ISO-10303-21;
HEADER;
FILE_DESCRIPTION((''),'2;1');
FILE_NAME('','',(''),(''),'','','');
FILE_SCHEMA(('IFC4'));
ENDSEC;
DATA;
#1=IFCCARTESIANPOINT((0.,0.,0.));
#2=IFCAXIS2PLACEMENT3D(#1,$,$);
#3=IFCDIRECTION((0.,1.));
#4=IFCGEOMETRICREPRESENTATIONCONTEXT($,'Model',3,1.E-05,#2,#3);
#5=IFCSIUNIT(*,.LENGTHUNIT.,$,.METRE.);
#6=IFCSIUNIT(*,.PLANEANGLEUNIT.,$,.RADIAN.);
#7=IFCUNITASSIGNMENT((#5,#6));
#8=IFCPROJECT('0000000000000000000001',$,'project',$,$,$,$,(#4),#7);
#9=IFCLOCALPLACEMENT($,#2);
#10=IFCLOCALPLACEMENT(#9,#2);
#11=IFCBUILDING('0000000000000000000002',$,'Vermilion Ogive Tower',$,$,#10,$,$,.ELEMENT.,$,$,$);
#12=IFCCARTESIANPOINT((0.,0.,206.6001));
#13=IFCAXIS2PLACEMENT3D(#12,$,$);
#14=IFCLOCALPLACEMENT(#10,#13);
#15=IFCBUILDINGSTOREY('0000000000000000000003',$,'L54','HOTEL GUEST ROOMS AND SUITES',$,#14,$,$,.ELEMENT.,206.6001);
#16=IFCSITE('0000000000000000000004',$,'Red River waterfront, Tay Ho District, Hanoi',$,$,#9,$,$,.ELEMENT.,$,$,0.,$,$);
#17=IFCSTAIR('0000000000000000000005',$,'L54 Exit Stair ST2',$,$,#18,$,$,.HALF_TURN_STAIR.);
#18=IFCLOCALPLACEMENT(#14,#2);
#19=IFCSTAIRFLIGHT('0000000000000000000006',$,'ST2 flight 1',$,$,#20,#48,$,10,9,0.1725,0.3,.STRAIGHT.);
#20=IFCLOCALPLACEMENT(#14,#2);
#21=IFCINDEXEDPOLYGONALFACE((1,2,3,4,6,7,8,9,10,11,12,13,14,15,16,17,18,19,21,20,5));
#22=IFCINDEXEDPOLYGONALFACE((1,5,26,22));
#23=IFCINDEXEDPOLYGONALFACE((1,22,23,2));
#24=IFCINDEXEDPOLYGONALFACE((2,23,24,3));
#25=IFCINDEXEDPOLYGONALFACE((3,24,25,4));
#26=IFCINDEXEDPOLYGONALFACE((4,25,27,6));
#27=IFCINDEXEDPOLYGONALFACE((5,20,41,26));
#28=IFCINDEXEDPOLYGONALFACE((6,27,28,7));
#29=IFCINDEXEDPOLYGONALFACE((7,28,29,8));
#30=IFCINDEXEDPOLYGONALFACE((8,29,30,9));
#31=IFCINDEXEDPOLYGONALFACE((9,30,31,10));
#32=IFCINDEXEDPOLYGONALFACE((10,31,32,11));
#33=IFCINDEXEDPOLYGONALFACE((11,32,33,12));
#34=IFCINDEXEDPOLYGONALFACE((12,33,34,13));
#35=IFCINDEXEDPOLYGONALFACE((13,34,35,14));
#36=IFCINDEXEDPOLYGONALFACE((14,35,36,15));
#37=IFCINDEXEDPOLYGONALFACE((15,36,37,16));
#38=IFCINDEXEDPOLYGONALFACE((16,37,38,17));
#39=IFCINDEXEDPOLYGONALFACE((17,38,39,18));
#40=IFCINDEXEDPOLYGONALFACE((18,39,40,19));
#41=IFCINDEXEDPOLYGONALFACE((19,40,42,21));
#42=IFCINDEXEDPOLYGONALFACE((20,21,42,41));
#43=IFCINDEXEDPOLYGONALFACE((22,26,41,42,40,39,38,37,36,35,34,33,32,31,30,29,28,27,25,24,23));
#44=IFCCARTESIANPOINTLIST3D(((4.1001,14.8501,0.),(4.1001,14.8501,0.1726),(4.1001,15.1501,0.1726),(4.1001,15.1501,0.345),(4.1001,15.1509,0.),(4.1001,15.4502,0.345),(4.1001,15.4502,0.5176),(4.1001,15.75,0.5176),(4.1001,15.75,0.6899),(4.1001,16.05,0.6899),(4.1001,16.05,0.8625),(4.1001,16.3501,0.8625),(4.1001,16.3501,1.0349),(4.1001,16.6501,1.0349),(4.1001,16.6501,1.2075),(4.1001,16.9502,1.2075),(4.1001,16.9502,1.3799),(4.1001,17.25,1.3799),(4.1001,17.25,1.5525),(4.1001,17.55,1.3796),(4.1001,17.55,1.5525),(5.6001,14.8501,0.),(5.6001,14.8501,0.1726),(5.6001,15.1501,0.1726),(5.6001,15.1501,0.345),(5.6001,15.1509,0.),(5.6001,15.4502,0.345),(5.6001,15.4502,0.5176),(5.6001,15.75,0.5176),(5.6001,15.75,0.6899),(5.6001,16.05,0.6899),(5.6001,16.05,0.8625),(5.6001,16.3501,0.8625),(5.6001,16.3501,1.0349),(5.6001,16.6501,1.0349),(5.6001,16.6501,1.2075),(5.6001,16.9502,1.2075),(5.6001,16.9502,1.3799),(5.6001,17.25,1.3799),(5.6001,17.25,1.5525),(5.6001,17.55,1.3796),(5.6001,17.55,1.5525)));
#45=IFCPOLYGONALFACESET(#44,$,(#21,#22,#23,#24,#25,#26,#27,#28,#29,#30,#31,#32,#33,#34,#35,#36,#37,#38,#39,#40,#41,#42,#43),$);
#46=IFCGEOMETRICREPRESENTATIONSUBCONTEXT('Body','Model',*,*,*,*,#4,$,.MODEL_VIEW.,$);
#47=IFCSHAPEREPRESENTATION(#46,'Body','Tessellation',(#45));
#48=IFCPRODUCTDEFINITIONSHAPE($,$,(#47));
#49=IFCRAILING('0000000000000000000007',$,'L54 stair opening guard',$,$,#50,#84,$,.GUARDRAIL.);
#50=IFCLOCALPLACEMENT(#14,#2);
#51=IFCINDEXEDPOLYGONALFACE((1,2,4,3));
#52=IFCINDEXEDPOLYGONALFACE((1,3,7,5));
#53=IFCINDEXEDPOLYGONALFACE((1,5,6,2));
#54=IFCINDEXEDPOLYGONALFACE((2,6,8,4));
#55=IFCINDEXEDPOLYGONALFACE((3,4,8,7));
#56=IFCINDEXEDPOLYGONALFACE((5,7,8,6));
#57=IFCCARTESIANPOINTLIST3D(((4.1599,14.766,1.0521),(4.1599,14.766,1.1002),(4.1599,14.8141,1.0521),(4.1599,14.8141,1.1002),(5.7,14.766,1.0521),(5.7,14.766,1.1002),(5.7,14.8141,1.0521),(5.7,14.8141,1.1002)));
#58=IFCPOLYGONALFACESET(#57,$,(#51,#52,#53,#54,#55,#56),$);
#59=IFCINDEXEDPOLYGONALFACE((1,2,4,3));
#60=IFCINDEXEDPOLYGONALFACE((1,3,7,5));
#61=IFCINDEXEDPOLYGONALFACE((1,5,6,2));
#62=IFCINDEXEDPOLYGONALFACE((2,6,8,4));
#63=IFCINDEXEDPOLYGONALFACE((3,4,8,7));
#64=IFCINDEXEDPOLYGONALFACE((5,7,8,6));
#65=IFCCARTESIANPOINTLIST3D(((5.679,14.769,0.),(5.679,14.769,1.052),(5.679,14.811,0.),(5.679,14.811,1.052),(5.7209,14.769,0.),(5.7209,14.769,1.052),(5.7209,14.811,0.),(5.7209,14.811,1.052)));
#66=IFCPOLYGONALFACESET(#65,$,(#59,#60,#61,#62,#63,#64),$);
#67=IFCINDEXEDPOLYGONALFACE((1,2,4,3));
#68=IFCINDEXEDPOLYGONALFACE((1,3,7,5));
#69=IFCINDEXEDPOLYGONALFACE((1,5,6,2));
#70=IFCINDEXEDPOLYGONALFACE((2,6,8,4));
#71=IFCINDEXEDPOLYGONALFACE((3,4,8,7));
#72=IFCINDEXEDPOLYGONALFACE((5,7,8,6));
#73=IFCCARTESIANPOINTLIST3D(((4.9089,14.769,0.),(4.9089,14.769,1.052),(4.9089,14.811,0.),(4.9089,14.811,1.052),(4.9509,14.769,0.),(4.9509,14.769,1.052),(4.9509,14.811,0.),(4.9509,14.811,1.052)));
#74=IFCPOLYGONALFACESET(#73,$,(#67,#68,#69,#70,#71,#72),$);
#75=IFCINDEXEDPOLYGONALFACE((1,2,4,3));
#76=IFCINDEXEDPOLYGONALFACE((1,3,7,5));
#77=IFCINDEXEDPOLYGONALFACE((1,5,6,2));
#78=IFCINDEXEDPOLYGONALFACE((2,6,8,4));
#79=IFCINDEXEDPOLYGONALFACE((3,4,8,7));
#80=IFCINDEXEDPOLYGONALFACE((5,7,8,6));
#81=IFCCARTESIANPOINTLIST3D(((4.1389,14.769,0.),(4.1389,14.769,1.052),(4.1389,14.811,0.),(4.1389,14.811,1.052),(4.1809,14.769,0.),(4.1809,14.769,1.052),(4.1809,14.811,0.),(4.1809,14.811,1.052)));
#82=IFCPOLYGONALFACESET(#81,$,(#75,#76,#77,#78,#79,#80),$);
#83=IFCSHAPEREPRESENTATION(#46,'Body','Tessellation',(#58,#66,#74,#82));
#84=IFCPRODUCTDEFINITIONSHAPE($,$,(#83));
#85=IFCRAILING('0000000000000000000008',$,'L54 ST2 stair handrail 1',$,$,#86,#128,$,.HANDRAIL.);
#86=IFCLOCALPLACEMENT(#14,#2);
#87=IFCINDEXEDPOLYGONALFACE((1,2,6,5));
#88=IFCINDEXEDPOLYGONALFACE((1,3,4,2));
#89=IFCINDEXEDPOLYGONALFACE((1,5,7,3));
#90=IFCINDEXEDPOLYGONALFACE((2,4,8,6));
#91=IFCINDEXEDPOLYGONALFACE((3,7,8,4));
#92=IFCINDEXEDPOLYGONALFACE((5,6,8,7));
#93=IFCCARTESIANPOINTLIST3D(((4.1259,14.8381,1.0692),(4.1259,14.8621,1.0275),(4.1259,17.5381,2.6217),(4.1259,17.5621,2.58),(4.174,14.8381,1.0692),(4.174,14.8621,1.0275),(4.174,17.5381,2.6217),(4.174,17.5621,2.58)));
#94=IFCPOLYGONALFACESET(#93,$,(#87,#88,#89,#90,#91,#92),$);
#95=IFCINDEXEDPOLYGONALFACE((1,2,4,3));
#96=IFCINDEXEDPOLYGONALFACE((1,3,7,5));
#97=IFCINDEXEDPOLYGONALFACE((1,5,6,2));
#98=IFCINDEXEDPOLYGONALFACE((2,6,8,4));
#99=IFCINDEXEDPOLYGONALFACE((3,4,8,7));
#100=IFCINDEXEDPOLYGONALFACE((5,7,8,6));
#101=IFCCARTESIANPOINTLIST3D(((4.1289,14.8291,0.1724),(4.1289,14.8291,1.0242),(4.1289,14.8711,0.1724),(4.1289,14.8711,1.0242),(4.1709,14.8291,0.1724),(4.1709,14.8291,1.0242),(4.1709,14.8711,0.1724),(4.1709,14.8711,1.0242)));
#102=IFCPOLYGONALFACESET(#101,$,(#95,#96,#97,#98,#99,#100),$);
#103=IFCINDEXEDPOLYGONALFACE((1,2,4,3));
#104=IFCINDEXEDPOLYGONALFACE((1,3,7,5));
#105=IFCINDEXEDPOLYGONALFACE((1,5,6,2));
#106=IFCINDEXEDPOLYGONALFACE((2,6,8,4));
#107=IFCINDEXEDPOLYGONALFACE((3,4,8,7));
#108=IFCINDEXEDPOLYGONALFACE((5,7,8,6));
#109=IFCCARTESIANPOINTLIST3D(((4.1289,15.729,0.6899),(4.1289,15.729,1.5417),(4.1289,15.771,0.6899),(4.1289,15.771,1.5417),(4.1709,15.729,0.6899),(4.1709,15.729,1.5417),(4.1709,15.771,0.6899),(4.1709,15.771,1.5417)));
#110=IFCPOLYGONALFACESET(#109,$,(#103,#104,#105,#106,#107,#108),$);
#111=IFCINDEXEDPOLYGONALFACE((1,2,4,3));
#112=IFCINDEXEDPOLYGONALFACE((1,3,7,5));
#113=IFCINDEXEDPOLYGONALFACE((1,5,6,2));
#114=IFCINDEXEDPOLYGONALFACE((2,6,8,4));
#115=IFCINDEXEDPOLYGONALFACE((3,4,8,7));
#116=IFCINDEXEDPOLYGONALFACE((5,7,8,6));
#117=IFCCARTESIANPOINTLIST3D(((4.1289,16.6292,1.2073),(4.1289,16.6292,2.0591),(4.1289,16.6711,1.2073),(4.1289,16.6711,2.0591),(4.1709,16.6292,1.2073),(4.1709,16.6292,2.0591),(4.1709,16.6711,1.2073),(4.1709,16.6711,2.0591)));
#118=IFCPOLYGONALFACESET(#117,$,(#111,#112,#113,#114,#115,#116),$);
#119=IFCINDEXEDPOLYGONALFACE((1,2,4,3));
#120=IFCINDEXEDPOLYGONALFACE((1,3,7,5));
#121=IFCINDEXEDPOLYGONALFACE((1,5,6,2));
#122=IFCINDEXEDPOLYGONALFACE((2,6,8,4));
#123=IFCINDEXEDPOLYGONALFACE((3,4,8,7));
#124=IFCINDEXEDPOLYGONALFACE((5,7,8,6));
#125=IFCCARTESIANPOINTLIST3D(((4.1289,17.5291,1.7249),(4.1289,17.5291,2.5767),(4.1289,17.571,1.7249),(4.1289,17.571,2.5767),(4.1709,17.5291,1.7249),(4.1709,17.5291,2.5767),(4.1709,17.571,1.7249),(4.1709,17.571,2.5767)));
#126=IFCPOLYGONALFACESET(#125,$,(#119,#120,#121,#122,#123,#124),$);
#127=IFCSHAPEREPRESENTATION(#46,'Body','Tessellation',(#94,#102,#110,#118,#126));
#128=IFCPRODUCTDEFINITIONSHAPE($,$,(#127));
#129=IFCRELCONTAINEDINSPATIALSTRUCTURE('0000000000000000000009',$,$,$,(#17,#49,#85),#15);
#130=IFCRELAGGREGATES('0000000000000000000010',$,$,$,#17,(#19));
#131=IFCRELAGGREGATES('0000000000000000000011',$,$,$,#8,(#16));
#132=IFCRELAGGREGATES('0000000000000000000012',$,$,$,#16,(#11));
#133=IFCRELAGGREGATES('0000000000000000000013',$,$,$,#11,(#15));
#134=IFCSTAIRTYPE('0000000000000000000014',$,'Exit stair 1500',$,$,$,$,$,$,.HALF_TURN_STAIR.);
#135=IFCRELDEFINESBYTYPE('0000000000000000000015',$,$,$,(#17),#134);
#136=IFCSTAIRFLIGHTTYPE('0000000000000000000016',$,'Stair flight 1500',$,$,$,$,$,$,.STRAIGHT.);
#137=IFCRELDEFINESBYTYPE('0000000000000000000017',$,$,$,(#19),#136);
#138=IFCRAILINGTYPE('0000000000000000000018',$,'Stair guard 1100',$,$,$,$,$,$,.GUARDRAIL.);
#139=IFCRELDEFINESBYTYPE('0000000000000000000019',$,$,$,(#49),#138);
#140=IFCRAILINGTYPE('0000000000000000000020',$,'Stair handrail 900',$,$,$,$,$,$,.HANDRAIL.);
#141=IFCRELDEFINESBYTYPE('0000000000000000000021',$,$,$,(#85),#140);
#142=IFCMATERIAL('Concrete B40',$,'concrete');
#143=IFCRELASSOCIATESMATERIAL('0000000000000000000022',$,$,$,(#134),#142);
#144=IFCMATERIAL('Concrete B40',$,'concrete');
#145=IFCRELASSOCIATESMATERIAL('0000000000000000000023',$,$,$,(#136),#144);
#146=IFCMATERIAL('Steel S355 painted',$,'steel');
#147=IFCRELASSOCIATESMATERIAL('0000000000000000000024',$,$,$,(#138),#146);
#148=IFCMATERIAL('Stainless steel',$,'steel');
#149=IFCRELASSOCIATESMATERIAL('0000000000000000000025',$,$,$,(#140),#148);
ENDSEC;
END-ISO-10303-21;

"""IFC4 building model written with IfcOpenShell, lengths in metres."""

from ifc_helpers import new_model, si_unit, direction, frame, origin, origin_2d, place, context, subcontext, project, spatial, polyline, rectangle, outline, extrude, material, type_object, element, aggregate, save


model = new_model("IFC4")

# Units and contexts
model_context = context("Model", 3, precision=1e-05, world=origin(), true_north=direction((0.0, 1.0)))
body_context = subcontext(model_context, "Body", "Model", "MODEL_VIEW")
ifc_project = project(units=[si_unit("LENGTHUNIT", "METRE"), si_unit("PLANEANGLEUNIT", "RADIAN")], contexts=[model_context])

# Site, building, storey
site_placement = place(None, origin())
site = spatial("IfcSite", under=ifc_project, at=site_placement, Name="Red River waterfront, Tay Ho District, Hanoi", CompositionType="ELEMENT", RefElevation=0.0)
building_placement = place(site_placement, origin())
building = spatial("IfcBuilding", under=site, at=building_placement, Name="Vermilion Ogive Tower", CompositionType="ELEMENT")
storey_placement = place(building_placement, frame((0.0, 0.0, 206.6001)))
storey = spatial("IfcBuildingStorey", under=building, at=storey_placement, Name="L54", Description="HOTEL GUEST ROOMS AND SUITES", CompositionType="ELEMENT", Elevation=206.6001)

# Stair, stair flight
ifc_material_1 = material(Name="Concrete B40", Category="concrete")
stair_type = type_object("IfcStairType", Name="Exit stair 1500", PredefinedType="HALF_TURN_STAIR", material=ifc_material_1)
stair_placement = place(storey_placement, origin())
stair = element("IfcStair", 1, at=stair_placement, inside=storey, type_object=stair_type, Name="L54 Exit Stair ST2", PredefinedType="HALF_TURN_STAIR")
ifc_material_2 = material(Name="Concrete B40", Category="concrete")
stair_flight_type = type_object("IfcStairFlightType", Name="Stair flight 1500", PredefinedType="STRAIGHT", material=ifc_material_2)
stair_flight_placement = place(storey_placement, frame((4.8501, 14.8501, 0.0), z_axis=(0.0, 0.0, 1.0), x_axis=(0.0, 1.0, 0.0)))
stair_flight = element("IfcStairFlight", 2, at=stair_flight_placement, type_object=stair_flight_type, Name="ST2 flight 1", NumberOfRisers=10, NumberOfTreads=9, PredefinedType="STRAIGHT", RiserHeight=0.1725, TreadLength=0.3, context=body_context, shape_type="SweptSolid", body=[
    extrude(outline(polyline([(0.0, 0.0), (0.0, 0.1726), (0.3, 0.1726), (0.3, 0.345), (0.6001, 0.345), (0.6001, 0.5176), (0.8999, 0.5176), (0.8999, 0.6899), (1.2, 0.6899), (1.2, 0.8625), (1.5, 0.8625), (1.5, 1.0349), (1.8, 1.0349), (1.8, 1.2075), (2.1001, 1.2075), (2.1001, 1.3799), (2.3999, 1.3799), (2.3999, 1.5525), (2.7, 1.5525), (2.7, 1.7251), (2.7, 1.3796), (0.3008, 0.0), (0.0, 0.0)])), frame((0.0, 0.75, 0.0), z_axis=(0.0, -1.0, 0.0), x_axis=(1.0, 0.0, 0.0)), (0.0, 0.0, 1.0), 1.5),
])
aggregate(stair, [stair_flight])

# Railings
ifc_material_3 = material(Name="Steel S355 painted", Category="steel")
railing_type_1 = type_object("IfcRailingType", Name="Stair guard 1100", PredefinedType="GUARDRAIL", material=ifc_material_3)
railing_1_placement = place(storey_placement, frame((5.7, 14.79, 0.0)))
element("IfcRailing", 3, at=railing_1_placement, inside=storey, type_object=railing_type_1, Name="L54 stair opening guard", PredefinedType="GUARDRAIL", context=body_context, shape_type="SweptSolid", body=[
    extrude(rectangle(XDim=0.0481, YDim=0.0481, at=origin_2d()), frame((0.0, 0.0, 1.0762), z_axis=(-1.0, 0.0, 0.0), x_axis=(0.0, -1.0, 0.0)), (0.0, 0.0, 1.0), 1.54),
    extrude(rectangle(XDim=0.042, YDim=0.042, at=origin_2d()), origin(), (0.0, 0.0, 1.0), 1.052),
    extrude(rectangle(XDim=0.042, YDim=0.042, at=origin_2d()), frame((-0.77, 0.0, 0.0)), (0.0, 0.0, 1.0), 1.052),
    extrude(rectangle(XDim=0.042, YDim=0.042, at=origin_2d()), frame((-1.54, 0.0, 0.0)), (0.0, 0.0, 1.0), 1.052),
])
ifc_material_4 = material(Name="Stainless steel", Category="steel")
railing_type_2 = type_object("IfcRailingType", Name="Stair handrail 900", PredefinedType="HANDRAIL", material=ifc_material_4)
railing_2_placement = place(storey_placement, frame((4.1499, 14.8501, 0.1724)))
element("IfcRailing", 4, at=railing_2_placement, inside=storey, type_object=railing_type_2, Name="L54 ST2 stair handrail 1", PredefinedType="HANDRAIL", context=body_context, shape_type="SweptSolid", body=[
    extrude(rectangle(XDim=0.0481, YDim=0.0481, at=origin_2d()), frame((0.0, 0.0, 0.876), z_axis=(0.0, 0.866904, 0.498476), x_axis=(-1.0, 0.0, 0.0)), (0.0, 0.0, 1.0), 3.1145),
    extrude(rectangle(XDim=0.042, YDim=0.042, at=origin_2d()), origin(), (0.0, 0.0, 1.0), 0.8518),
    extrude(rectangle(XDim=0.042, YDim=0.042, at=origin_2d()), frame((0.0, 0.8999, 0.5176)), (0.0, 0.0, 1.0), 0.8518),
    extrude(rectangle(XDim=0.042, YDim=0.042, at=origin_2d()), frame((0.0, 1.8, 1.0349)), (0.0, 0.0, 1.0), 0.8518),
    extrude(rectangle(XDim=0.042, YDim=0.042, at=origin_2d()), frame((0.0, 2.7, 1.5525)), (0.0, 0.0, 1.0), 0.8518),
])

save(model, "model.ifc")
